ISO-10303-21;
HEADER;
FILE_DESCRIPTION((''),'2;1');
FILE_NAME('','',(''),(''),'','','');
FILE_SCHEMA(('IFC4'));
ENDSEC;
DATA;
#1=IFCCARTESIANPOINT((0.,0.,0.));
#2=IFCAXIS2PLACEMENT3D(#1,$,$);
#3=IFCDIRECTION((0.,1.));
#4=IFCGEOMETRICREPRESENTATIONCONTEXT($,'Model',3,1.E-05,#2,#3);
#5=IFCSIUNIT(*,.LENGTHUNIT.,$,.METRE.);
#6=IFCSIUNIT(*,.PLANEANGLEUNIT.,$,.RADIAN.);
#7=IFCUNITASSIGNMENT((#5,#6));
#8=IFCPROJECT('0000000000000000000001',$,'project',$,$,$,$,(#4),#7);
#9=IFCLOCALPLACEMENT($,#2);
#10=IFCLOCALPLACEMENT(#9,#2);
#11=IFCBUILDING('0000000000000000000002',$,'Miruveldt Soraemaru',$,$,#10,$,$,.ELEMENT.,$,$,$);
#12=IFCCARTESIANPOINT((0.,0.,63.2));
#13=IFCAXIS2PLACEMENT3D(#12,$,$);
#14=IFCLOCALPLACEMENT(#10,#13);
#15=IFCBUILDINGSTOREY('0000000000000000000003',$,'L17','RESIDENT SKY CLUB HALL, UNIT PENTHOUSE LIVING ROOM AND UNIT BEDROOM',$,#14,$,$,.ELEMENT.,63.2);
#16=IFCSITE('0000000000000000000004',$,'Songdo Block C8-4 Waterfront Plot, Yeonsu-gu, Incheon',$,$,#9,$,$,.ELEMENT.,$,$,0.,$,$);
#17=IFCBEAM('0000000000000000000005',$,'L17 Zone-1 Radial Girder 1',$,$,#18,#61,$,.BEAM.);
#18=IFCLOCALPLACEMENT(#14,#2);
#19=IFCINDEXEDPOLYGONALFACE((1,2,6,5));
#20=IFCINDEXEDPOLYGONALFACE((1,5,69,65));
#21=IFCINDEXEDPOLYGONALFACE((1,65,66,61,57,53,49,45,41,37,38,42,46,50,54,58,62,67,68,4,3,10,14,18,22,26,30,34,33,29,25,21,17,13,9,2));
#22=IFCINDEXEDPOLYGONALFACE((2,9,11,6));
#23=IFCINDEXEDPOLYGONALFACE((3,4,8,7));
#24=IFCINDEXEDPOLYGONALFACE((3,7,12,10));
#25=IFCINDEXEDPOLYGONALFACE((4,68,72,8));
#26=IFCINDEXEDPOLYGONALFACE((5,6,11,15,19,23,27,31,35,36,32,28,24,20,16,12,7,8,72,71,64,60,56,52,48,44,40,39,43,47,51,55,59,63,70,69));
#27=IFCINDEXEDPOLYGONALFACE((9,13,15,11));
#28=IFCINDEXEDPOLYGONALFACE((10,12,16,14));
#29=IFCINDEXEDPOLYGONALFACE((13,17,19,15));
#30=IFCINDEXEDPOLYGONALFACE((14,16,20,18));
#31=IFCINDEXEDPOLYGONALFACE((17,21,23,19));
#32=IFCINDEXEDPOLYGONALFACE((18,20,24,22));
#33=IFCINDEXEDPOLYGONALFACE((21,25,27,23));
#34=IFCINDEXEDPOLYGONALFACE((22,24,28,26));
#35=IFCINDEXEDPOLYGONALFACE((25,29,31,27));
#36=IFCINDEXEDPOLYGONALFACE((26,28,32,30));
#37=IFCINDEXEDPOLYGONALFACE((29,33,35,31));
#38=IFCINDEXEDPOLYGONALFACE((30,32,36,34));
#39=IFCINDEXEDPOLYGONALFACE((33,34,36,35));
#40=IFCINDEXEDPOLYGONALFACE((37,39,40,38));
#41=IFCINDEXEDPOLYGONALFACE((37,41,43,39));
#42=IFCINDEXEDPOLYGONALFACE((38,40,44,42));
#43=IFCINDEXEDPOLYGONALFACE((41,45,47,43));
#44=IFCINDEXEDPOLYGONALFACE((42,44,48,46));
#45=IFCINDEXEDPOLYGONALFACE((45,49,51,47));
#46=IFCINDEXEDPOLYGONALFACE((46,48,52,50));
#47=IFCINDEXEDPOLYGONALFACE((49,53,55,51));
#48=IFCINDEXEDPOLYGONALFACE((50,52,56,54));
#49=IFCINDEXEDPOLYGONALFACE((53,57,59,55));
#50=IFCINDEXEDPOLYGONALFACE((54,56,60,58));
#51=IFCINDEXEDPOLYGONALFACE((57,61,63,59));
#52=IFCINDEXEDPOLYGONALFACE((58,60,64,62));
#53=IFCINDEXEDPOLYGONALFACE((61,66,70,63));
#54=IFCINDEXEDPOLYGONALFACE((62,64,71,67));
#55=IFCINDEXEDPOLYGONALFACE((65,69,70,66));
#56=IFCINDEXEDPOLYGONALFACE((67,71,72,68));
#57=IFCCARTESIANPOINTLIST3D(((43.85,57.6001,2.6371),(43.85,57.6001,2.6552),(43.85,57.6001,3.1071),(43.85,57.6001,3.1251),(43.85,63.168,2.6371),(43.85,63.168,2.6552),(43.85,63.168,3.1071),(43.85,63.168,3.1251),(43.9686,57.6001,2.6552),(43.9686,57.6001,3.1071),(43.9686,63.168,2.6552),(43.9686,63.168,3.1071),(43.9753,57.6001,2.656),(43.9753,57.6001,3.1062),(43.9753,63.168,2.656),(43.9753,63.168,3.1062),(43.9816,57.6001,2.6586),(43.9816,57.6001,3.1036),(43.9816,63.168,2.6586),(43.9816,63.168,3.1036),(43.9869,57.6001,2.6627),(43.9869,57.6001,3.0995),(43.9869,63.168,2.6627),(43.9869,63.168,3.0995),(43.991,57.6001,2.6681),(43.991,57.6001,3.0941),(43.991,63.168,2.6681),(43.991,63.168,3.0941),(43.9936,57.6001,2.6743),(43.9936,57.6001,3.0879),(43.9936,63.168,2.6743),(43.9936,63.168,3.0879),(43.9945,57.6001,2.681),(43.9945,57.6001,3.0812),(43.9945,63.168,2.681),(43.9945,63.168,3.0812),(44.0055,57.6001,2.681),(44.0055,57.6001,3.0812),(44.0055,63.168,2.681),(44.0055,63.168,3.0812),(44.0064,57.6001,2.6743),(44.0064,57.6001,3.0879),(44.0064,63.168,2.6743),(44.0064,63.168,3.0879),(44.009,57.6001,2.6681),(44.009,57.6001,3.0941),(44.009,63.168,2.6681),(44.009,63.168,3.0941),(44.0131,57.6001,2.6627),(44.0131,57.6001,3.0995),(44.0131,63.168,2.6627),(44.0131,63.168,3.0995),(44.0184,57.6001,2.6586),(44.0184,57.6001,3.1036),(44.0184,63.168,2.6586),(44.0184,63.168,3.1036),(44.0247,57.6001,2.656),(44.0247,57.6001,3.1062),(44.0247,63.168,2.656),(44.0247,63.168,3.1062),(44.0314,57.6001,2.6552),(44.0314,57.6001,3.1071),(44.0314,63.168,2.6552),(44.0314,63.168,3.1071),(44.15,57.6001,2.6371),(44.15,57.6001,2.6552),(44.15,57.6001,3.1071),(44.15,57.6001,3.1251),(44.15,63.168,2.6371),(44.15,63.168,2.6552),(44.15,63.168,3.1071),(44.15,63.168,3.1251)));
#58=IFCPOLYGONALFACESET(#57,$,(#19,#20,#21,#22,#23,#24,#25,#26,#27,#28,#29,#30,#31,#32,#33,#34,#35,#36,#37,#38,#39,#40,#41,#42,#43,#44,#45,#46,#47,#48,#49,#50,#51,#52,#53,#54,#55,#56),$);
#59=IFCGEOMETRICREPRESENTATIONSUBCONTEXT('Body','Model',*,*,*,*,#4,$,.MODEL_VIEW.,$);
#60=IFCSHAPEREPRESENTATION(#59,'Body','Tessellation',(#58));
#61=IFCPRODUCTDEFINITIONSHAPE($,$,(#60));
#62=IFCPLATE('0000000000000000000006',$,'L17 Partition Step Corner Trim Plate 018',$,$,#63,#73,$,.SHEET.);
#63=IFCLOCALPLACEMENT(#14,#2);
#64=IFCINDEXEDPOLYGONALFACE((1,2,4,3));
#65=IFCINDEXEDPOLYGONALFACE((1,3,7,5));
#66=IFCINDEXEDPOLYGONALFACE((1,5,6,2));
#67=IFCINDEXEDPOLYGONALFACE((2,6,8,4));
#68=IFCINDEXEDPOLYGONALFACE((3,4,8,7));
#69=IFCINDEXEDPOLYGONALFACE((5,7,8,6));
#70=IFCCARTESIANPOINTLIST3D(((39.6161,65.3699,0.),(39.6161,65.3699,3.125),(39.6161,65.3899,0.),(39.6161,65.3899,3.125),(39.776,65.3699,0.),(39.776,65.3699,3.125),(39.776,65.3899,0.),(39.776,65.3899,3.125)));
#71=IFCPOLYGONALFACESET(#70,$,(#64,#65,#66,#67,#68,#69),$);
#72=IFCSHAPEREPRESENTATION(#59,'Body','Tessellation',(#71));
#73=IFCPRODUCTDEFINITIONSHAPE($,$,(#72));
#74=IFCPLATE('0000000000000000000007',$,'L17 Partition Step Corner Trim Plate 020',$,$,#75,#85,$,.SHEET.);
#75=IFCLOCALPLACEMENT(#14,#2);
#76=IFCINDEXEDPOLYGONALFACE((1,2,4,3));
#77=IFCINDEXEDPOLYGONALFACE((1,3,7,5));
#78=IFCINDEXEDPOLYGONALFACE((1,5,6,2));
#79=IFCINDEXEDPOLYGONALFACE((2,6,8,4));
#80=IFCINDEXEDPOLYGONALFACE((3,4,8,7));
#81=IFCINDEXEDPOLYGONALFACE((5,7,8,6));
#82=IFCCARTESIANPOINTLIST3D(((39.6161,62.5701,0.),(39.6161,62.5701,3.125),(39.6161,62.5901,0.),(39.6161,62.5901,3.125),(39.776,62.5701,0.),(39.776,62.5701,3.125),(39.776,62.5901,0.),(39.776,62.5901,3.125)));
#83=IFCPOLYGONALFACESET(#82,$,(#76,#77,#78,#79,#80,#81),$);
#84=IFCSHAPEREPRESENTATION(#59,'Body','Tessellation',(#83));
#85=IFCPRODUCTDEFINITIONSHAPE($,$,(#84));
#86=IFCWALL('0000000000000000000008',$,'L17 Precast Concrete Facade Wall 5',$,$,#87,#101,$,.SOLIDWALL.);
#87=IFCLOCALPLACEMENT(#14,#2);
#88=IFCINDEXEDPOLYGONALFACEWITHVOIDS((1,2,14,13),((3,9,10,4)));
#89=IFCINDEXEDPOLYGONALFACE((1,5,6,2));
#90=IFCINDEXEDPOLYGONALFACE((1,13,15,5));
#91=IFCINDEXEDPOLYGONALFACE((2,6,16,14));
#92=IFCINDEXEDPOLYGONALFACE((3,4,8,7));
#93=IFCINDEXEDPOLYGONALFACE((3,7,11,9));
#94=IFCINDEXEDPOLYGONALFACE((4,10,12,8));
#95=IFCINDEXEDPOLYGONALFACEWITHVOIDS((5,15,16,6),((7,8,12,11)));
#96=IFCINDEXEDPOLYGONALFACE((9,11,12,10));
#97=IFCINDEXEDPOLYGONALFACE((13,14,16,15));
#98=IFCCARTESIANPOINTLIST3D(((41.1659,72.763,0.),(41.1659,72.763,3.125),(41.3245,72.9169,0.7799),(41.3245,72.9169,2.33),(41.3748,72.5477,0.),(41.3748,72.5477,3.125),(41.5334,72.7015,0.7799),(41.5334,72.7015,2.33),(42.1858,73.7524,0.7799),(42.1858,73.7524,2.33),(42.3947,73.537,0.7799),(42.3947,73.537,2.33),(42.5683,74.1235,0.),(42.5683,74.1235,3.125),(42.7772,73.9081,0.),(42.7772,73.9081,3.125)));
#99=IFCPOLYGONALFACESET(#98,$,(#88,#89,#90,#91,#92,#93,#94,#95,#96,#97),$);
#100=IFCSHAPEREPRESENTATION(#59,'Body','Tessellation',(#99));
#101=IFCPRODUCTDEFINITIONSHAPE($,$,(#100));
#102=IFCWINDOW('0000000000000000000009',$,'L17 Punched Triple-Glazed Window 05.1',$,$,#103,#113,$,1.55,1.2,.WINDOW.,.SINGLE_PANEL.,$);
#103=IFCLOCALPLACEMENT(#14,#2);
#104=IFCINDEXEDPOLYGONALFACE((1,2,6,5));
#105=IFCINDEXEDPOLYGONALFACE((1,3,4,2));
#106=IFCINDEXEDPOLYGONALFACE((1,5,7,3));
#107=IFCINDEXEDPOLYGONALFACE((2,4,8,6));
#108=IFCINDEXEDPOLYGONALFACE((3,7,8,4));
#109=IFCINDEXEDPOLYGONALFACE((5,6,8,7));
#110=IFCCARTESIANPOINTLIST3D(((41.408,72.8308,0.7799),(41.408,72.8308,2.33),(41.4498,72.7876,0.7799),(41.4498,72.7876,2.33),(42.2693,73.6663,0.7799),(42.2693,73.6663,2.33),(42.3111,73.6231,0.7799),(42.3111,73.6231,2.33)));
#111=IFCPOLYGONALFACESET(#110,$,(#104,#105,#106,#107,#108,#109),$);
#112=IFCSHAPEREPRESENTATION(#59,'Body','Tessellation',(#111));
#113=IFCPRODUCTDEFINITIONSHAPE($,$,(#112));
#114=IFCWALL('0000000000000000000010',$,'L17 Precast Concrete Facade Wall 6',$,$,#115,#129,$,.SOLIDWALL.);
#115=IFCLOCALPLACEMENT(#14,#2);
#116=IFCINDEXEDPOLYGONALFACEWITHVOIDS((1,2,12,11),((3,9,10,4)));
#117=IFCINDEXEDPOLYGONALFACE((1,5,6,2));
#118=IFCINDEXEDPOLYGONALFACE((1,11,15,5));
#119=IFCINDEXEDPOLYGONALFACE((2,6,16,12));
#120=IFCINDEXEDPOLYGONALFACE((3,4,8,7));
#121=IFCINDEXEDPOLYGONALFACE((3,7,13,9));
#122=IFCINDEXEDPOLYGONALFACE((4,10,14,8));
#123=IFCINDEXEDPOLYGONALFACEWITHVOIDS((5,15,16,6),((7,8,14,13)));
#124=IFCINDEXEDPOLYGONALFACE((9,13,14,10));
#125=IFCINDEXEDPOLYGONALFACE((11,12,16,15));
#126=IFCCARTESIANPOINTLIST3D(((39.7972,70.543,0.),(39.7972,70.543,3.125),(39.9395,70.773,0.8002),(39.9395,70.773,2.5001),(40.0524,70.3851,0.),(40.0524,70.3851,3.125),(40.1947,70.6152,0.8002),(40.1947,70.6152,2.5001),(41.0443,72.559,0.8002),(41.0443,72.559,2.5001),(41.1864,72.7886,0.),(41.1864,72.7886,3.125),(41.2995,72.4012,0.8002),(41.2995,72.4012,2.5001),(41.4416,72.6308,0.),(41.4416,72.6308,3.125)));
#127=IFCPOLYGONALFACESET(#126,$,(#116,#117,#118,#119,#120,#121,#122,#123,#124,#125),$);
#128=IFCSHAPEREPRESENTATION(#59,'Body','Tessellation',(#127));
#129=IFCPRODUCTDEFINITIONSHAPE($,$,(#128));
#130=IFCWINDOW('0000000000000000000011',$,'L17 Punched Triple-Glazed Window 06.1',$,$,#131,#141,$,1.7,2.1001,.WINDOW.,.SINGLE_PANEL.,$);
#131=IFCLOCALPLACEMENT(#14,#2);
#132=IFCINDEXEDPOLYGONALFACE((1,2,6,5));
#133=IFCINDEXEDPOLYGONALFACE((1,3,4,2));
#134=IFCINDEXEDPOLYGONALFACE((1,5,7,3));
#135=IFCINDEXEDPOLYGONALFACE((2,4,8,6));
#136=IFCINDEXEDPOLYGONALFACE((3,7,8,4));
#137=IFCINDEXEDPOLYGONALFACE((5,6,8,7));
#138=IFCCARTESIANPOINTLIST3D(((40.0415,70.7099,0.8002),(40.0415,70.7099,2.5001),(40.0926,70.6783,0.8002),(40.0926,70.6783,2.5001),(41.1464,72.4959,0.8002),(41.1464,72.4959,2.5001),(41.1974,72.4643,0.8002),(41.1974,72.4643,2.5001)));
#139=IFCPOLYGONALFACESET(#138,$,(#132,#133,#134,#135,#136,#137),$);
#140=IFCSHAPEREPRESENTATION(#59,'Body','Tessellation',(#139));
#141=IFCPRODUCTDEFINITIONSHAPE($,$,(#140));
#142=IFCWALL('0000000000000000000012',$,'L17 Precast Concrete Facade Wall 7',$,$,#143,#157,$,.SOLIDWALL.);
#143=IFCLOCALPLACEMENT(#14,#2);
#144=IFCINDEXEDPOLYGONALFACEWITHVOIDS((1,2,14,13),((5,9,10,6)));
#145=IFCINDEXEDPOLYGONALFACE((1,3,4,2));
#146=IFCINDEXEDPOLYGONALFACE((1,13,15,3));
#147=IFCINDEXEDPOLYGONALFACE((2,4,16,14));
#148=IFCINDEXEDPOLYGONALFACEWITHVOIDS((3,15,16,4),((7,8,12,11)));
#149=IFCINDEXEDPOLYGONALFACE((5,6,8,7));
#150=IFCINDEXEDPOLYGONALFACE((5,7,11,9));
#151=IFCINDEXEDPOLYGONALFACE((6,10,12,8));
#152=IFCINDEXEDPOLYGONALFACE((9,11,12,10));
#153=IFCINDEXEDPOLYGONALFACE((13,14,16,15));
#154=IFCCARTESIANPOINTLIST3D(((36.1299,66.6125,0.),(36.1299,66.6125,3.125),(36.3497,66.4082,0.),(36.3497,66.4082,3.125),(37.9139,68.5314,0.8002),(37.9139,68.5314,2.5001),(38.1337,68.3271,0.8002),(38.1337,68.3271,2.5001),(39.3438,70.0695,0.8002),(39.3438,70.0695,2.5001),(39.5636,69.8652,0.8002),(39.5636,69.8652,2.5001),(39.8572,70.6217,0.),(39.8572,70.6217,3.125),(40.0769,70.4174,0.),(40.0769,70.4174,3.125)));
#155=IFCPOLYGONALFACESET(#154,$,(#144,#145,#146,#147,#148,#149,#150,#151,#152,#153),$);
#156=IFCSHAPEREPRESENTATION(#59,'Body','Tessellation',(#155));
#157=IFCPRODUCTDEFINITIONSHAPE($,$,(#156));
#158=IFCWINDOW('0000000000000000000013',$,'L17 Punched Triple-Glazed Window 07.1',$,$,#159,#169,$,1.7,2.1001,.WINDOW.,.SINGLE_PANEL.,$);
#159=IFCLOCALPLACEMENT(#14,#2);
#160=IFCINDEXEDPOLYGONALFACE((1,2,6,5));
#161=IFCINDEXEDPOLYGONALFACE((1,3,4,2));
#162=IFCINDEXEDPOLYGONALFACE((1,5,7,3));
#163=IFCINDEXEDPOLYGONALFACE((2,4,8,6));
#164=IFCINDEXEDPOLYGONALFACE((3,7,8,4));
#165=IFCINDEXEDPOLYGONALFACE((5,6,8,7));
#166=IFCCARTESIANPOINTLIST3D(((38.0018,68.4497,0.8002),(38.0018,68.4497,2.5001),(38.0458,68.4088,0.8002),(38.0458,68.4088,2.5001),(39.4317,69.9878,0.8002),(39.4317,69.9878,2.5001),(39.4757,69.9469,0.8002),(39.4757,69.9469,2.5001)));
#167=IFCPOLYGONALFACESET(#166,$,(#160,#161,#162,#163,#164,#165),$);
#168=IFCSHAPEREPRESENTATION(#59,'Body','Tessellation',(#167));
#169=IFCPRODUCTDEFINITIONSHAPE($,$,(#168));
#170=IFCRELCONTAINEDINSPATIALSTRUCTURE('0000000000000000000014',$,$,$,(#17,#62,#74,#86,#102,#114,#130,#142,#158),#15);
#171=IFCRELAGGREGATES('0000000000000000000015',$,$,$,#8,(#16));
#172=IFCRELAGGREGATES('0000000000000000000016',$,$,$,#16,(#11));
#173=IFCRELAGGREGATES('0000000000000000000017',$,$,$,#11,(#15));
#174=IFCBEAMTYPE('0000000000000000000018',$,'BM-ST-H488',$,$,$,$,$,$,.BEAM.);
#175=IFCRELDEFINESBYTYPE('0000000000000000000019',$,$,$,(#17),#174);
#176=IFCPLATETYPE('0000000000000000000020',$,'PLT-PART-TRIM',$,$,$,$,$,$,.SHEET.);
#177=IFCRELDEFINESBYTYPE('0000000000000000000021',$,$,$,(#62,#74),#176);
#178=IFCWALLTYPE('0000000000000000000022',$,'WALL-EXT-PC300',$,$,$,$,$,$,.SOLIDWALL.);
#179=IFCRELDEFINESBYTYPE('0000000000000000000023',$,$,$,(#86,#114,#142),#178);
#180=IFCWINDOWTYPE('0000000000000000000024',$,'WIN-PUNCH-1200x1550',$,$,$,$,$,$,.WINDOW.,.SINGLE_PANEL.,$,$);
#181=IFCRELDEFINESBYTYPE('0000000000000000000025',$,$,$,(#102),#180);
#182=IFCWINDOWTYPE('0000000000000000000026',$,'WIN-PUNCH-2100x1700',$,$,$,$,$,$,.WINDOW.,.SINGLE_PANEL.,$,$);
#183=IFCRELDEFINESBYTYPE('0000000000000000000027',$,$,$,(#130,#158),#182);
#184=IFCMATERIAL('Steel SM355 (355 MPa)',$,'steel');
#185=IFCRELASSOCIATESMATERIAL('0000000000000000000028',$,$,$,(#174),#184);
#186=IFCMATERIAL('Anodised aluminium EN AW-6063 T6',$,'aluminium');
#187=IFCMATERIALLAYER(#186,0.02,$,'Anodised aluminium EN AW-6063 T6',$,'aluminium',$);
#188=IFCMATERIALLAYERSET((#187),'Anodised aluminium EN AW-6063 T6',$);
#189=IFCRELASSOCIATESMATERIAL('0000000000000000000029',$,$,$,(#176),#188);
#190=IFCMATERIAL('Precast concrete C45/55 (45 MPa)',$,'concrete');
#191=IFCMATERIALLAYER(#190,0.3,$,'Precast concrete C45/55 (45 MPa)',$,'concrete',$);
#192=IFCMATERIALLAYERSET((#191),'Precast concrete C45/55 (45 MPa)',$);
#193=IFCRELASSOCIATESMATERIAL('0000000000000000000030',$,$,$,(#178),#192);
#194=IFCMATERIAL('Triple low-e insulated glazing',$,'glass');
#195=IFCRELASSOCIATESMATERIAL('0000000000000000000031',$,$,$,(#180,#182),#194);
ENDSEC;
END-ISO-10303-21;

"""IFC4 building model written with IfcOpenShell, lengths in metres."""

from ifc_helpers import new_model, si_unit, direction, frame, frame_2d, origin, origin_2d, place, context, subcontext, project, spatial, rectangle, i_section, extrude, material, layer, layer_set, material_profile, profile_set, type_object, element, fill, save


model = new_model("IFC4")

# Units and contexts
model_context = context("Model", 3, precision=1e-05, world=origin(), true_north=direction((0.0, 1.0)))
body_context = subcontext(model_context, "Body", "Model", "MODEL_VIEW")
ifc_project = project(units=[si_unit("LENGTHUNIT", "METRE"), si_unit("PLANEANGLEUNIT", "RADIAN")], contexts=[model_context])

# Site, building, storey
site_placement = place(None, origin())
site = spatial("IfcSite", under=ifc_project, at=site_placement, Name="Songdo Block C8-4 Waterfront Plot, Yeonsu-gu, Incheon", CompositionType="ELEMENT", RefElevation=0.0)
building_placement = place(site_placement, origin())
building = spatial("IfcBuilding", under=site, at=building_placement, Name="Miruveldt Soraemaru", CompositionType="ELEMENT")
storey_placement = place(building_placement, frame((0.0, 0.0, 63.2)))
storey = spatial("IfcBuildingStorey", under=building, at=storey_placement, Name="L17", Description="RESIDENT SKY CLUB HALL, UNIT PENTHOUSE LIVING ROOM AND UNIT BEDROOM", CompositionType="ELEMENT", Elevation=63.2)

# Beam
ifc_material_1 = material(Name="Steel SM355 (355 MPa)", Category="steel")
ifc_material_profile = material_profile(ifc_material_1, i_section(OverallWidth=0.3, OverallDepth=0.488, WebThickness=0.011, FlangeThickness=0.0181, FilletRadius=0.0259, at=origin_2d()), Name="Steel SM355 (355 MPa)", Category="steel")
ifc_profile_set = profile_set([ifc_material_profile], Name="Steel SM355 (355 MPa)")
beam_type = type_object("IfcBeamType", Name="BM-ST-H488", PredefinedType="BEAM", material=ifc_profile_set)
beam_placement = place(storey_placement, frame((44.0, 57.6001, 2.8811), z_axis=(0.0, 1.0, 0.0), x_axis=(-1.0, 0.0, 0.0)))
element("IfcBeam", 1, at=beam_placement, inside=storey, type_object=beam_type, Name="L17 Zone-1 Radial Girder 1", PredefinedType="BEAM", context=body_context, shape_type="SweptSolid", body=[
    extrude(i_section(OverallWidth=0.3, OverallDepth=0.488, WebThickness=0.011, FlangeThickness=0.0181, FilletRadius=0.0259, at=origin_2d()), origin(), (0.0, 0.0, 1.0), 5.5679),
])

# Plates
ifc_material_2 = material(Name="Anodised aluminium EN AW-6063 T6", Category="aluminium")
ifc_layer_1 = layer(ifc_material_2, 0.02, Name="Anodised aluminium EN AW-6063 T6", Category="aluminium")
ifc_layer_set_1 = layer_set([ifc_layer_1], Name="Anodised aluminium EN AW-6063 T6")
plate_type = type_object("IfcPlateType", Name="PLT-PART-TRIM", PredefinedType="SHEET", material=ifc_layer_set_1)
for number, where, z_axis, x_axis, name in (
    (2, (39.696, 65.3799, 0.0), (0.0, 0.0, 1.0), (-1.0, 0.0, 0.0), "L17 Partition Step Corner Trim Plate 018"),
    (3, (39.696, 62.5801, 0.0), (0.0, 0.0, 1.0), (1.0, 0.0, 0.0), "L17 Partition Step Corner Trim Plate 020"),
):
    element("IfcPlate", number, at=place(storey_placement, frame(where, z_axis=z_axis, x_axis=x_axis)), inside=storey, type_object=plate_type, Name=name, PredefinedType="SHEET", context=body_context, shape_type="SweptSolid", body=[
        extrude(rectangle(XDim=0.1599, YDim=0.02, at=origin_2d()), origin(), (0.0, 0.0, 1.0), 3.125),
    ])

# Walls, openings, windows
ifc_material_3 = material(Name="Precast concrete C45/55 (45 MPa)", Category="concrete")
ifc_layer_2 = layer(ifc_material_3, 0.3, Name="Precast concrete C45/55 (45 MPa)", Category="concrete")
ifc_layer_set_2 = layer_set([ifc_layer_2], Name="Precast concrete C45/55 (45 MPa)")
wall_type_1 = type_object("IfcWallType", Name="WALL-EXT-PC300", PredefinedType="SOLIDWALL", material=ifc_layer_set_2)
wall_1_placement = place(storey_placement, frame((42.6729, 74.0159, 0.0), z_axis=(0.0, 0.0, 1.0), x_axis=(-0.717772, -0.696279, 0.0)))
wall_1 = element("IfcWall", 4, at=wall_1_placement, inside=storey, type_object=wall_type_1, Name="L17 Precast Concrete Facade Wall 5", PredefinedType="SOLIDWALL", context=body_context, shape_type="SweptSolid", body=[
    extrude(rectangle(XDim=1.9539, YDim=0.3, at=frame_2d((0.9771, 0.0))), origin(), (0.0, 0.0, 1.0), 3.125),
])
opening_1_placement = place(wall_1_placement, frame((0.533, 0.0, 0.78)))
opening_1 = element("IfcOpeningElement", 5, at=opening_1_placement, cuts=wall_1, PredefinedType="OPENING", context=body_context, shape_type="SweptSolid", body=[
    extrude(rectangle(XDim=1.2, YDim=1.55, at=frame_2d((0.6001, 0.7749))), frame((0.0, 0.1602, 0.0), z_axis=(0.0, -1.0, 0.0), x_axis=(1.0, 0.0, 0.0)), (0.0, 0.0, 1.0), 0.3201),
])
ifc_material_4 = material(Name="Triple low-e insulated glazing", Category="glass")
window_type_1 = type_object("IfcWindowType", Name="WIN-PUNCH-1200x1550", PartitioningType="SINGLE_PANEL", PredefinedType="WINDOW", material=ifc_material_4)
window_1_placement = place(opening_1_placement, origin())
window_1 = element("IfcWindow", 6, at=window_1_placement, inside=storey, type_object=window_type_1, Name="L17 Punched Triple-Glazed Window 05.1", OverallHeight=1.55, OverallWidth=1.2, PartitioningType="SINGLE_PANEL", PredefinedType="WINDOW", context=body_context, shape_type="SweptSolid", body=[
    extrude(rectangle(XDim=1.2, YDim=1.55, at=frame_2d((0.6001, 0.7749))), frame((0.0, 0.03, 0.0), z_axis=(0.0, -1.0, 0.0), x_axis=(1.0, 0.0, 0.0)), (0.0, 0.0, 1.0), 0.0601),
])
fill(opening_1, window_1)
wall_2_placement = place(storey_placement, frame((41.314, 72.7097, 0.0), z_axis=(0.0, 0.0, 1.0), x_axis=(-0.526087, -0.850431, 0.0)))
wall_2 = element("IfcWall", 7, at=wall_2_placement, inside=storey, type_object=wall_type_1, Name="L17 Precast Concrete Facade Wall 6", PredefinedType="SOLIDWALL", context=body_context, shape_type="SweptSolid", body=[
    extrude(rectangle(XDim=2.6406, YDim=0.3, at=frame_2d((1.3203, 0.0))), origin(), (0.0, 0.0, 1.0), 3.125),
])
opening_2_placement = place(wall_2_placement, frame((0.27, 0.0, 0.8)))
opening_2 = element("IfcOpeningElement", 8, at=opening_2_placement, cuts=wall_2, PredefinedType="OPENING", context=body_context, shape_type="SweptSolid", body=[
    extrude(rectangle(XDim=2.1001, YDim=1.7, at=frame_2d((1.05, 0.8501))), frame((0.0, 0.1602, 0.0), z_axis=(0.0, -1.0, 0.0), x_axis=(1.0, 0.0, 0.0)), (0.0, 0.0, 1.0), 0.3201),
])
window_type_2 = type_object("IfcWindowType", Name="WIN-PUNCH-2100x1700", PartitioningType="SINGLE_PANEL", PredefinedType="WINDOW", material=ifc_material_4)
window_2_placement = place(opening_2_placement, origin())
window_2 = element("IfcWindow", 9, at=window_2_placement, inside=storey, type_object=window_type_2, Name="L17 Punched Triple-Glazed Window 06.1", OverallHeight=1.7, OverallWidth=2.1001, PartitioningType="SINGLE_PANEL", PredefinedType="WINDOW", context=body_context, shape_type="SweptSolid", body=[
    extrude(rectangle(XDim=2.1001, YDim=1.7, at=frame_2d((1.05, 0.8501))), frame((0.0, 0.03, 0.0), z_axis=(0.0, -1.0, 0.0), x_axis=(1.0, 0.0, 0.0)), (0.0, 0.0, 1.0), 0.0601),
])
fill(opening_2, window_2)
wall_3_placement = place(storey_placement, frame((39.967, 70.5195, 0.0), z_axis=(0.0, 0.0, 1.0), x_axis=(-0.680882, -0.732393, 0.0)))
wall_3 = element("IfcWall", 10, at=wall_3_placement, inside=storey, type_object=wall_type_1, Name="L17 Precast Concrete Facade Wall 7", PredefinedType="SOLIDWALL", context=body_context, shape_type="SweptSolid", body=[
    extrude(rectangle(XDim=5.4741, YDim=0.3, at=frame_2d((2.7371, 0.0))), origin(), (0.0, 0.0, 1.0), 3.125),
])
opening_3_placement = place(wall_3_placement, frame((0.7539, 0.0, 0.8)))
opening_3 = element("IfcOpeningElement", 11, at=opening_3_placement, cuts=wall_3, PredefinedType="OPENING", context=body_context, shape_type="SweptSolid", body=[
    extrude(rectangle(XDim=2.1001, YDim=1.7, at=frame_2d((1.05, 0.8501))), frame((0.0, 0.1602, 0.0), z_axis=(0.0, -1.0, 0.0), x_axis=(1.0, 0.0, 0.0)), (0.0, 0.0, 1.0), 0.3201),
])
window_3_placement = place(opening_3_placement, origin())
window_3 = element("IfcWindow", 12, at=window_3_placement, inside=storey, type_object=window_type_2, Name="L17 Punched Triple-Glazed Window 07.1", OverallHeight=1.7, OverallWidth=2.1001, PartitioningType="SINGLE_PANEL", PredefinedType="WINDOW", context=body_context, shape_type="SweptSolid", body=[
    extrude(rectangle(XDim=2.1001, YDim=1.7, at=frame_2d((1.05, 0.8501))), frame((0.0, 0.03, 0.0), z_axis=(0.0, -1.0, 0.0), x_axis=(1.0, 0.0, 0.0)), (0.0, 0.0, 1.0), 0.0601),
])
fill(opening_3, window_3)

save(model, "model.ifc")
